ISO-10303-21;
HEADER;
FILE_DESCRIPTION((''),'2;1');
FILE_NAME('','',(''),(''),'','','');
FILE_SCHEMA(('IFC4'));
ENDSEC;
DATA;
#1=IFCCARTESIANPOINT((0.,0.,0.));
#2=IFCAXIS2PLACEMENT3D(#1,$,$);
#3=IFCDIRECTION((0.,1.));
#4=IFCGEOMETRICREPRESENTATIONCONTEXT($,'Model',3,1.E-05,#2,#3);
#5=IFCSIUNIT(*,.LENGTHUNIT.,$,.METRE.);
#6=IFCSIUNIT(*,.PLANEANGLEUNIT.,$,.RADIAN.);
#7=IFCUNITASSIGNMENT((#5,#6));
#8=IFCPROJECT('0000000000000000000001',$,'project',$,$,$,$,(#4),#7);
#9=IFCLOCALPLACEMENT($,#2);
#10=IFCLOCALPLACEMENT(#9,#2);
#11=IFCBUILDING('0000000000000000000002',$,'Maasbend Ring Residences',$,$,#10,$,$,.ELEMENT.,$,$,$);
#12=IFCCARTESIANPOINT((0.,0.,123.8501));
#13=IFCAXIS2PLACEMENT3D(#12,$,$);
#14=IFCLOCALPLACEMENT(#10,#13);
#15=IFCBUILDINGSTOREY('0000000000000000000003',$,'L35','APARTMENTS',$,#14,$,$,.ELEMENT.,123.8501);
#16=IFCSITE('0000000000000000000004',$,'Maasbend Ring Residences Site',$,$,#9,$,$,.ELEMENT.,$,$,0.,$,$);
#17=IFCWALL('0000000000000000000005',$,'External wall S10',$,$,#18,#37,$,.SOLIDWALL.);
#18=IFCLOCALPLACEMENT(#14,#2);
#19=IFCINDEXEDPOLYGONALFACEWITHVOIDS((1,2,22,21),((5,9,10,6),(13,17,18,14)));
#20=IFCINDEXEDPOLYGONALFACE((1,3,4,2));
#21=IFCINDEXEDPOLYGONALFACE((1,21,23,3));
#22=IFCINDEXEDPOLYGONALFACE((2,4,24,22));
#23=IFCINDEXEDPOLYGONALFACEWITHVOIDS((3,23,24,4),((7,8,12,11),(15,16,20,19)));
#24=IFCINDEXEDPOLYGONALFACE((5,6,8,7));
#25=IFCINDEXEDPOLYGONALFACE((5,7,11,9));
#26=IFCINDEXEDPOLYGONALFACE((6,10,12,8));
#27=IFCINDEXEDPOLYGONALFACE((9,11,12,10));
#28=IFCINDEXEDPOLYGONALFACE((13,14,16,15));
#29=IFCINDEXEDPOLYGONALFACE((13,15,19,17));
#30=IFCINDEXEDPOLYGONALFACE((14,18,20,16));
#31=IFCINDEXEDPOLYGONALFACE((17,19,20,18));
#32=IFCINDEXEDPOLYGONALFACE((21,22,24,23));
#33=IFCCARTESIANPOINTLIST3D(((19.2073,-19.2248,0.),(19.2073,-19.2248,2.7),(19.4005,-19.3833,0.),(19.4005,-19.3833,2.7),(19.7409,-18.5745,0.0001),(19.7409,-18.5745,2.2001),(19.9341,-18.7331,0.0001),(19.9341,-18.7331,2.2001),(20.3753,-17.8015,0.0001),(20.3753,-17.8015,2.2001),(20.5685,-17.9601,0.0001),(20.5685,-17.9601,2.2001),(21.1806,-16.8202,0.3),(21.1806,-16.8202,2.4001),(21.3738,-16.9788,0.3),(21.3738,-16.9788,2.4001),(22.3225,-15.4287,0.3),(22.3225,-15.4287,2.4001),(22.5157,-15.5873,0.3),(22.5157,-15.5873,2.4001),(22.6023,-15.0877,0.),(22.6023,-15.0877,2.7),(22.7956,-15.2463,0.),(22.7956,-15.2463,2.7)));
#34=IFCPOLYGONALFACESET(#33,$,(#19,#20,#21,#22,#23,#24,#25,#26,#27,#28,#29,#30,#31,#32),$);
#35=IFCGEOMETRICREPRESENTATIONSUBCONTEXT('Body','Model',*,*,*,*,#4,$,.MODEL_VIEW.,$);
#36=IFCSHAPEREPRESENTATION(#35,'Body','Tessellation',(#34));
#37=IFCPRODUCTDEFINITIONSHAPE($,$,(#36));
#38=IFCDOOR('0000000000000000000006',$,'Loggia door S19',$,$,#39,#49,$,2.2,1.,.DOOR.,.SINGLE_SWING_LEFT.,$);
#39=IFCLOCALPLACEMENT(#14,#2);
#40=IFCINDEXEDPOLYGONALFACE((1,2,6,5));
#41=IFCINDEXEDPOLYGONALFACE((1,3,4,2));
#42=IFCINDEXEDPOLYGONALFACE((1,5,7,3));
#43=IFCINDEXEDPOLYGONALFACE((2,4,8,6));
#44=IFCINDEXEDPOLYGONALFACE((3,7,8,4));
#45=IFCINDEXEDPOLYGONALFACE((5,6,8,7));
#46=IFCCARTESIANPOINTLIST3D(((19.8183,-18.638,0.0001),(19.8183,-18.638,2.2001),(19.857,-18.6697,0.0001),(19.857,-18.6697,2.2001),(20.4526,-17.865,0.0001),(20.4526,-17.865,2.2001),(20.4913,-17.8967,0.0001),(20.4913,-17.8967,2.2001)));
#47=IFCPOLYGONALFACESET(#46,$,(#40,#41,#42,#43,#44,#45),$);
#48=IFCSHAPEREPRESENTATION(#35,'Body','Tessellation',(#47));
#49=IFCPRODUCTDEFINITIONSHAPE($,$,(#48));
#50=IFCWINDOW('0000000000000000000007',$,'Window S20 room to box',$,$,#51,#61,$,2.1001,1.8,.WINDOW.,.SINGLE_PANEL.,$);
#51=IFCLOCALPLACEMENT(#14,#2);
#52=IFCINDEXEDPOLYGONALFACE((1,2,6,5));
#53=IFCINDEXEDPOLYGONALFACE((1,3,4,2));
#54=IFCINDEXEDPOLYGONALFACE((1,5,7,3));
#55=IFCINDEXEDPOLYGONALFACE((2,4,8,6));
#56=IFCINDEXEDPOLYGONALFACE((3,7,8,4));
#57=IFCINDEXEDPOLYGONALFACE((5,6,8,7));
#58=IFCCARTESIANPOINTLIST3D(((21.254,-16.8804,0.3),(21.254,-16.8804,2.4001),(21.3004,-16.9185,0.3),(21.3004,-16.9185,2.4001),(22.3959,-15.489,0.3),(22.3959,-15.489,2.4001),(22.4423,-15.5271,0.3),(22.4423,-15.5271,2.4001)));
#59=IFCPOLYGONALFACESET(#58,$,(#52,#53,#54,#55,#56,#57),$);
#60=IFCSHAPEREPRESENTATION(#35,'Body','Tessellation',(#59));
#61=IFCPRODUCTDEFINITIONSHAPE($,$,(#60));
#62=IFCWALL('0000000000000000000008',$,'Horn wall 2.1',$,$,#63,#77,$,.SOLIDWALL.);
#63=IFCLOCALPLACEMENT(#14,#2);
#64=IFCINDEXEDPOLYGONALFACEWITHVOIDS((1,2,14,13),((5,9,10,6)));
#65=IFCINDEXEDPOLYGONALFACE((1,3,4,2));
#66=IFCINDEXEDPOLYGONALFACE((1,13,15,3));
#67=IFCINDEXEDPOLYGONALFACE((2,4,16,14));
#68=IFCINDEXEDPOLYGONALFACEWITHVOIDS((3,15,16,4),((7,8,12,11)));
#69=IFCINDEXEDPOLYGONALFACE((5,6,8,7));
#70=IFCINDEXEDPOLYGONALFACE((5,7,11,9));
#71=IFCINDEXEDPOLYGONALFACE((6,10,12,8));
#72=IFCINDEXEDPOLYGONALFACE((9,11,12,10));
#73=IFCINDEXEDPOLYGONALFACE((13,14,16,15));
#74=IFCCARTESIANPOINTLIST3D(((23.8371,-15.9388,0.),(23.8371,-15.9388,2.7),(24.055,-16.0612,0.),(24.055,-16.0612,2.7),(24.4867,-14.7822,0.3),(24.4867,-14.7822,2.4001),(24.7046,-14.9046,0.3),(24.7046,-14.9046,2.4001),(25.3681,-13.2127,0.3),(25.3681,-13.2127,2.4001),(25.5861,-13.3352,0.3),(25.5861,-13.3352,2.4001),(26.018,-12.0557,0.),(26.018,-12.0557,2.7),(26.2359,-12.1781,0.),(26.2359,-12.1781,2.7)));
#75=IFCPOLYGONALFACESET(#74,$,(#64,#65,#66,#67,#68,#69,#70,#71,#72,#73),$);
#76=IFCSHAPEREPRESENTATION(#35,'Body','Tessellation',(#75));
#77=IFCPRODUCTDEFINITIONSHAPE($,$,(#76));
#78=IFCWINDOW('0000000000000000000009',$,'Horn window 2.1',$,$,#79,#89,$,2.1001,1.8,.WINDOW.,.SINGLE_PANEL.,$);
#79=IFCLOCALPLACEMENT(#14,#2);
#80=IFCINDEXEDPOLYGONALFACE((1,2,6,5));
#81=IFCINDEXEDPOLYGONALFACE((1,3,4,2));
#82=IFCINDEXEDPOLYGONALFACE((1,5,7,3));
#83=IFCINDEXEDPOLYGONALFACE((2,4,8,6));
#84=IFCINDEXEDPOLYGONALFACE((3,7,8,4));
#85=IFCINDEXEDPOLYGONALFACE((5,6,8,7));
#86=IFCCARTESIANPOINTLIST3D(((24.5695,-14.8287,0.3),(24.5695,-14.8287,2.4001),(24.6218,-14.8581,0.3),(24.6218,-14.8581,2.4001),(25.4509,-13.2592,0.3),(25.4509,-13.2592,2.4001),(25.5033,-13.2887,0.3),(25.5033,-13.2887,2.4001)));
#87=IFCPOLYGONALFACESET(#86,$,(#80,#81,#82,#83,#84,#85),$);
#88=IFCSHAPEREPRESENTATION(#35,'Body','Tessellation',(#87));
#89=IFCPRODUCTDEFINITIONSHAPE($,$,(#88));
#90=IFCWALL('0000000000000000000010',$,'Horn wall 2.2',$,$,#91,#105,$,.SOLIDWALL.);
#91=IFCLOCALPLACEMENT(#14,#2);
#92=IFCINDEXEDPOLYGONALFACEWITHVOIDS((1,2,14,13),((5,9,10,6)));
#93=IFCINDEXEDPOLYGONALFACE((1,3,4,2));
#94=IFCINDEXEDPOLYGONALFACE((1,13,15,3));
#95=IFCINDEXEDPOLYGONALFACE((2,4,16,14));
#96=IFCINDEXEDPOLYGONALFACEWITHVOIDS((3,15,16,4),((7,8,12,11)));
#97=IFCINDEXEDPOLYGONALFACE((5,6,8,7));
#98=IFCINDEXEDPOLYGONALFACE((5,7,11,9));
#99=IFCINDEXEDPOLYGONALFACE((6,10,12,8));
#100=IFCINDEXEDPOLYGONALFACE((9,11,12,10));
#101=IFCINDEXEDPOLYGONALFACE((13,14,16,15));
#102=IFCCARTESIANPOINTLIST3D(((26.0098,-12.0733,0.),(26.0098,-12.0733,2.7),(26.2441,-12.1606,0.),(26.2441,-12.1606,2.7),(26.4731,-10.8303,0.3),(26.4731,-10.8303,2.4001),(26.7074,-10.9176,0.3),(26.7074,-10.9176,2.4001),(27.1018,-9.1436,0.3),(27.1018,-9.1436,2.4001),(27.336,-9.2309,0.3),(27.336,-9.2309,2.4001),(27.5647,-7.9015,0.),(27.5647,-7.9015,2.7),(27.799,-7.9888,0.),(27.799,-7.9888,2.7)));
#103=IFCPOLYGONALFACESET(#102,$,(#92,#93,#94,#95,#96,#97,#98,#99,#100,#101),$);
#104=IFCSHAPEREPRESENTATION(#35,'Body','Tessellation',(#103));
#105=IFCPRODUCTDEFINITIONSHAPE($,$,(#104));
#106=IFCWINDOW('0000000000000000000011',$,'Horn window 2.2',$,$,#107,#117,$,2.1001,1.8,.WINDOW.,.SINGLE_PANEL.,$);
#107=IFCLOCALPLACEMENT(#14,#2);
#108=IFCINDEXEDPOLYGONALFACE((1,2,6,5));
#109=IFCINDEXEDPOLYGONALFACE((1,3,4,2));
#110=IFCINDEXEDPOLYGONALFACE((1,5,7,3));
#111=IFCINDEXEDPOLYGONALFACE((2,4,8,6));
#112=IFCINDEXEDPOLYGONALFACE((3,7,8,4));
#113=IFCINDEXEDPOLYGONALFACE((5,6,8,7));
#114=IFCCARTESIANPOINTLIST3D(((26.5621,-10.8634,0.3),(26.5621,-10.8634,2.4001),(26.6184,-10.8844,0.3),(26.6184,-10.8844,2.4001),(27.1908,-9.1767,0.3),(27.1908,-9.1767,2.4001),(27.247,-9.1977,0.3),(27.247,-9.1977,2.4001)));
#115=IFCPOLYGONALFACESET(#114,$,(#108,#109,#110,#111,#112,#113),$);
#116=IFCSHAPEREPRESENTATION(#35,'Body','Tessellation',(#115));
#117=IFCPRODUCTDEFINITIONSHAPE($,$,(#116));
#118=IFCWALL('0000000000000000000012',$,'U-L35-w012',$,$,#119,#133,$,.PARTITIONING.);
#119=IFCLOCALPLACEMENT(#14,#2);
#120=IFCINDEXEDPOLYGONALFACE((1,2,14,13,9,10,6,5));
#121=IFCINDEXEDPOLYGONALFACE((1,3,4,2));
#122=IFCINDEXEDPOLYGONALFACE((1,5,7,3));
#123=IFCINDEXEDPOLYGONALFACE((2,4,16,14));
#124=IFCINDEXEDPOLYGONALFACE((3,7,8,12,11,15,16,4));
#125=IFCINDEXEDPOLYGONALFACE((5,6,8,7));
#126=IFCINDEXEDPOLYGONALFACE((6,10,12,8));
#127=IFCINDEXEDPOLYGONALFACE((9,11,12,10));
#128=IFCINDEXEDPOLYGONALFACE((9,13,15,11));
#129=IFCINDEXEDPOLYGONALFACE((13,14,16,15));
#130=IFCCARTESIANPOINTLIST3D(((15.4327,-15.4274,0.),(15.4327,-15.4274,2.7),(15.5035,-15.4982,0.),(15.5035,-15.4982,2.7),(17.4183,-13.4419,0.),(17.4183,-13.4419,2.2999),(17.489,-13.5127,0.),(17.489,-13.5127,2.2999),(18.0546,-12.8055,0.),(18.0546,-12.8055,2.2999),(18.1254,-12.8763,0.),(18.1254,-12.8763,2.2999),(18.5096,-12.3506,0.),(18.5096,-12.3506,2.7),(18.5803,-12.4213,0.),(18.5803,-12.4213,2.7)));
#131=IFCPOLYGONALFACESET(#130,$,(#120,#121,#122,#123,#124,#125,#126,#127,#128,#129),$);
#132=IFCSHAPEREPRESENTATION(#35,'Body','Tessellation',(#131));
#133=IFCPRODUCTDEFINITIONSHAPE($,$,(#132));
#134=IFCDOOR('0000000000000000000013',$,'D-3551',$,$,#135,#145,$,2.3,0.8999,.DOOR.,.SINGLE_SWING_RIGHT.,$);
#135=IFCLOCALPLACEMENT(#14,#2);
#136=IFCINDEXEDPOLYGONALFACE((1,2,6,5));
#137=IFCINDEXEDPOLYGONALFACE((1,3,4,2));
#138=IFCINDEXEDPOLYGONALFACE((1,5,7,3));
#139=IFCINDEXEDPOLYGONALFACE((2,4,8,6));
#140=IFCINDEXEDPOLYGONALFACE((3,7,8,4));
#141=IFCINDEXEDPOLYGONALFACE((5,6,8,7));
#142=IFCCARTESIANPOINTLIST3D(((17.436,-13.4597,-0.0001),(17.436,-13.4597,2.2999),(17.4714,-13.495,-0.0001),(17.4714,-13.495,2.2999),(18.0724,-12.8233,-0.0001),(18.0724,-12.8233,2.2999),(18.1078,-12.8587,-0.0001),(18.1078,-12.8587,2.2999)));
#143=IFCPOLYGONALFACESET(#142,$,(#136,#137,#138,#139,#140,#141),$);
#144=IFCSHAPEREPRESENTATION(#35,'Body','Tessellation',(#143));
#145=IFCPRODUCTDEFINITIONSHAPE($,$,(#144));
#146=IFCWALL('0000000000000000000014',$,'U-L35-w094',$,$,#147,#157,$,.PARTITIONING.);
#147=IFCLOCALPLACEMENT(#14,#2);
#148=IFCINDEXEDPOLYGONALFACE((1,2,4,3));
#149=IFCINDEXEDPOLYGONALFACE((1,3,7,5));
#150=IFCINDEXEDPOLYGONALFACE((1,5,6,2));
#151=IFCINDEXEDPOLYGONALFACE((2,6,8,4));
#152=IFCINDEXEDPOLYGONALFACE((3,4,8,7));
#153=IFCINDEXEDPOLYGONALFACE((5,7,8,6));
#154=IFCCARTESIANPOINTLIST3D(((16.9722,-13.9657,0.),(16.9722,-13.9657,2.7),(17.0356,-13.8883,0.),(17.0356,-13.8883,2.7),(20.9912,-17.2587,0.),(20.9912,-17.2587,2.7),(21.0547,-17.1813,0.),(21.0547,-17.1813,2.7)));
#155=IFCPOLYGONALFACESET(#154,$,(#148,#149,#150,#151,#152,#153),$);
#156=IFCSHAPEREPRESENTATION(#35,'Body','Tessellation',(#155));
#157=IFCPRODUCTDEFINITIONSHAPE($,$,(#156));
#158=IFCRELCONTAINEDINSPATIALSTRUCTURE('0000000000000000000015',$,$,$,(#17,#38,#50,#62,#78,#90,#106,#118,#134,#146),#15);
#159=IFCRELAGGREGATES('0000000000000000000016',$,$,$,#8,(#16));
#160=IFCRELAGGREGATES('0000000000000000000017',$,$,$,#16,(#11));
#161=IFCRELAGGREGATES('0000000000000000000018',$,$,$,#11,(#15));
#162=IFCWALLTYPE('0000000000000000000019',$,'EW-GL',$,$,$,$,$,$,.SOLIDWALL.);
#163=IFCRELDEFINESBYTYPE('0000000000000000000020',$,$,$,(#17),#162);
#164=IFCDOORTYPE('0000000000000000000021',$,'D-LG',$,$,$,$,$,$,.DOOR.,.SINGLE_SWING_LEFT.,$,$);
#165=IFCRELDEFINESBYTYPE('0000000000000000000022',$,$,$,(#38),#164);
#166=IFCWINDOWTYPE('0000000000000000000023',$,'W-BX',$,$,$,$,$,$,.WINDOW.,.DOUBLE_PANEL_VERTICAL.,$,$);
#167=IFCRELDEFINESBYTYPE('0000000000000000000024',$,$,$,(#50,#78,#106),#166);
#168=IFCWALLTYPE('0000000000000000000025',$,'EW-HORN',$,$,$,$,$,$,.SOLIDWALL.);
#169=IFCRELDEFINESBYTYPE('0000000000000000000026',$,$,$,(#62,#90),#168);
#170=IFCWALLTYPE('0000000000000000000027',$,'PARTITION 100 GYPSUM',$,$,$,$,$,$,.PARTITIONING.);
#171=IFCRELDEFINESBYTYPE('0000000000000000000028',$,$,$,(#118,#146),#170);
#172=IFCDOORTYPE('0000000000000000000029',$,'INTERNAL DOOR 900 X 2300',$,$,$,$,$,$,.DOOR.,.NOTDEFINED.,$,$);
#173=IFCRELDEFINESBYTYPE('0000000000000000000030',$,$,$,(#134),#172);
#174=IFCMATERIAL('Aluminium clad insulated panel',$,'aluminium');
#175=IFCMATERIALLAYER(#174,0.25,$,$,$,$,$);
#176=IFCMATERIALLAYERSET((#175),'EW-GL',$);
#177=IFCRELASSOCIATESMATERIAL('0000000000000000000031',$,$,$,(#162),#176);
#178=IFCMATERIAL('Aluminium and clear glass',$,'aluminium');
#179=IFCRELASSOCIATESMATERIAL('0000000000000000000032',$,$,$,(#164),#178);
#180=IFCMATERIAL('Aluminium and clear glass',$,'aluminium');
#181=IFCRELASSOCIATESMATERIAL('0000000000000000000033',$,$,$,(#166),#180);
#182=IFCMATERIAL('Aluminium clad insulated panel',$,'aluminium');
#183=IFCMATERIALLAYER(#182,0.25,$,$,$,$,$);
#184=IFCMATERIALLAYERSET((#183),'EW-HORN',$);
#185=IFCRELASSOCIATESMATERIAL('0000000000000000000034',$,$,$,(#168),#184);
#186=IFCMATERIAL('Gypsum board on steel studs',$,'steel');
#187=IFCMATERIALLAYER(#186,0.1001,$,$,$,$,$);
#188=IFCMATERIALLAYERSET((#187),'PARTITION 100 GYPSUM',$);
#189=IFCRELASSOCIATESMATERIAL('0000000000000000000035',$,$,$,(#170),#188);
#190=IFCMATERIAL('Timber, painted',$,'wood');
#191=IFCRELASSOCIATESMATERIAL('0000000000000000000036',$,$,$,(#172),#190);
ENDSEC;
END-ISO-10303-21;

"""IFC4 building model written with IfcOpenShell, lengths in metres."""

from ifc_helpers import new_model, si_unit, direction, frame, frame_2d, origin, place, context, subcontext, project, spatial, rectangle, extrude, material, layer, layer_set, type_object, element, fill, save


model = new_model("IFC4")

# Units and contexts
model_context = context("Model", 3, precision=1e-05, world=origin(), true_north=direction((0.0, 1.0)))
body_context = subcontext(model_context, "Body", "Model", "MODEL_VIEW")
ifc_project = project(units=[si_unit("LENGTHUNIT", "METRE"), si_unit("PLANEANGLEUNIT", "RADIAN")], contexts=[model_context])

# Site, building, storey
site_placement = place(None, origin())
site = spatial("IfcSite", under=ifc_project, at=site_placement, Name="Maasbend Ring Residences Site", CompositionType="ELEMENT", RefElevation=0.0)
building_placement = place(site_placement, origin())
building = spatial("IfcBuilding", under=site, at=building_placement, Name="Maasbend Ring Residences", CompositionType="ELEMENT")
storey_placement = place(building_placement, frame((0.0, 0.0, 123.8501)))
storey = spatial("IfcBuildingStorey", under=building, at=storey_placement, Name="L35", Description="APARTMENTS", CompositionType="ELEMENT", Elevation=123.8501)

# Wall, openings, door, window
ifc_material_1 = material(Name="Aluminium clad insulated panel", Category="aluminium")
ifc_layer_1 = layer(ifc_material_1, 0.25)
ifc_layer_set_1 = layer_set([ifc_layer_1], Name="EW-GL")
wall_type_1 = type_object("IfcWallType", Name="EW-GL", PredefinedType="SOLIDWALL", material=ifc_layer_set_1)
wall_1_placement = place(storey_placement, frame((19.304, -19.304, 0.0), z_axis=(0.0, 0.0, 1.0), x_axis=(0.634382, 0.773019, 0.0)))
wall_1 = element("IfcWall", 1, at=wall_1_placement, inside=storey, type_object=wall_type_1, Name="External wall S10", PredefinedType="SOLIDWALL", context=body_context, shape_type="SweptSolid", body=[
    extrude(rectangle(XDim=5.3518, YDim=0.25, at=frame_2d((2.6758, 0.0))), origin(), (0.0, 0.0, 1.0), 2.7),
])
opening_1_placement = place(wall_1_placement, frame((0.8411, 0.0, 0.0)))
opening_1 = element("IfcOpeningElement", 2, at=opening_1_placement, cuts=wall_1, PredefinedType="OPENING", context=body_context, shape_type="SweptSolid", body=[
    extrude(rectangle(XDim=1.0, YDim=2.2, at=frame_2d((0.5, 1.1001))), frame((0.0, 0.135, 0.0), z_axis=(0.0, -1.0, 0.0), x_axis=(1.0, 0.0, 0.0)), (0.0, 0.0, 1.0), 0.27),
])
opening_2_placement = place(wall_1_placement, frame((3.1106, 0.0, 0.3)))
opening_2 = element("IfcOpeningElement", 3, at=opening_2_placement, cuts=wall_1, PredefinedType="OPENING", context=body_context, shape_type="SweptSolid", body=[
    extrude(rectangle(XDim=1.8, YDim=2.1001, at=frame_2d((0.8999, 1.05))), frame((0.0, 0.135, 0.0), z_axis=(0.0, -1.0, 0.0), x_axis=(1.0, 0.0, 0.0)), (0.0, 0.0, 1.0), 0.27),
])
ifc_material_2 = material(Name="Aluminium and clear glass", Category="aluminium")
door_type_1 = type_object("IfcDoorType", Name="D-LG", OperationType="SINGLE_SWING_LEFT", PredefinedType="DOOR", material=ifc_material_2)
door_1_placement = place(opening_1_placement, origin())
door_1 = element("IfcDoor", 4, at=door_1_placement, inside=storey, type_object=door_type_1, Name="Loggia door S19", OperationType="SINGLE_SWING_LEFT", OverallHeight=2.2, OverallWidth=1.0, PredefinedType="DOOR", context=body_context, shape_type="SweptSolid", body=[
    extrude(rectangle(XDim=1.0, YDim=2.2, at=frame_2d((0.5, 1.1001))), frame((0.0, 0.0249, 0.0), z_axis=(0.0, -1.0, 0.0), x_axis=(1.0, 0.0, 0.0)), (0.0, 0.0, 1.0), 0.05),
])
fill(opening_1, door_1)
ifc_material_3 = material(Name="Aluminium and clear glass", Category="aluminium")
window_type_1 = type_object("IfcWindowType", Name="W-BX", PartitioningType="DOUBLE_PANEL_VERTICAL", PredefinedType="WINDOW", material=ifc_material_3)
window_1_placement = place(opening_2_placement, origin())
window_1 = element("IfcWindow", 5, at=window_1_placement, inside=storey, type_object=window_type_1, Name="Window S20 room to box", OverallHeight=2.1001, OverallWidth=1.8, PartitioningType="SINGLE_PANEL", PredefinedType="WINDOW", context=body_context, shape_type="SweptSolid", body=[
    extrude(rectangle(XDim=1.8, YDim=2.1001, at=frame_2d((0.8999, 1.05))), frame((0.0, 0.03, 0.0), z_axis=(0.0, -1.0, 0.0), x_axis=(1.0, 0.0, 0.0)), (0.0, 0.0, 1.0), 0.0601),
])
fill(opening_2, window_1)

# Walls, openings, windows
ifc_material_4 = material(Name="Aluminium clad insulated panel", Category="aluminium")
ifc_layer_2 = layer(ifc_material_4, 0.25)
ifc_layer_set_2 = layer_set([ifc_layer_2], Name="EW-HORN")
wall_type_2 = type_object("IfcWallType", Name="EW-HORN", PredefinedType="SOLIDWALL", material=ifc_layer_set_2)
wall_2_placement = place(storey_placement, frame((23.946, -16.0, 0.0), z_axis=(0.0, 0.0, 1.0), x_axis=(0.489696, 0.871893, 0.0)))
wall_2 = element("IfcWall", 6, at=wall_2_placement, inside=storey, type_object=wall_type_2, Name="Horn wall 2.1", PredefinedType="SOLIDWALL", context=body_context, shape_type="SweptSolid", body=[
    extrude(rectangle(XDim=4.4536, YDim=0.25, at=frame_2d((2.2268, 0.0))), origin(), (0.0, 0.0, 1.0), 2.7),
])
opening_3_placement = place(wall_2_placement, frame((1.3267, 0.0, 0.3)))
opening_3 = element("IfcOpeningElement", 7, at=opening_3_placement, cuts=wall_2, PredefinedType="OPENING", context=body_context, shape_type="SweptSolid", body=[
    extrude(rectangle(XDim=1.8, YDim=2.1001, at=frame_2d((0.8999, 1.05))), frame((0.0, 0.135, 0.0), z_axis=(0.0, -1.0, 0.0), x_axis=(1.0, 0.0, 0.0)), (0.0, 0.0, 1.0), 0.27),
])
window_2_placement = place(opening_3_placement, origin())
window_2 = element("IfcWindow", 8, at=window_2_placement, inside=storey, type_object=window_type_1, Name="Horn window 2.1", OverallHeight=2.1001, OverallWidth=1.8, PartitioningType="SINGLE_PANEL", PredefinedType="WINDOW", context=body_context, shape_type="SweptSolid", body=[
    extrude(rectangle(XDim=1.8, YDim=2.1001, at=frame_2d((0.8999, 1.05))), frame((0.0, 0.03, 0.0), z_axis=(0.0, -1.0, 0.0), x_axis=(1.0, 0.0, 0.0)), (0.0, 0.0, 1.0), 0.0601),
])
fill(opening_3, window_2)
wall_3_placement = place(storey_placement, frame((26.127, -12.1169, 0.0), z_axis=(0.0, 0.0, 1.0), x_axis=(0.349248, 0.93703, 0.0)))
wall_3 = element("IfcWall", 9, at=wall_3_placement, inside=storey, type_object=wall_type_2, Name="Horn wall 2.2", PredefinedType="SOLIDWALL", context=body_context, shape_type="SweptSolid", body=[
    extrude(rectangle(XDim=4.4521, YDim=0.25, at=frame_2d((2.2261, 0.0))), origin(), (0.0, 0.0, 1.0), 2.7),
])
opening_4_placement = place(wall_3_placement, frame((1.3267, 0.0, 0.3)))
opening_4 = element("IfcOpeningElement", 10, at=opening_4_placement, cuts=wall_3, PredefinedType="OPENING", context=body_context, shape_type="SweptSolid", body=[
    extrude(rectangle(XDim=1.8, YDim=2.1001, at=frame_2d((0.8999, 1.05))), frame((0.0, 0.135, 0.0), z_axis=(0.0, -1.0, 0.0), x_axis=(1.0, 0.0, 0.0)), (0.0, 0.0, 1.0), 0.27),
])
window_3_placement = place(opening_4_placement, origin())
window_3 = element("IfcWindow", 11, at=window_3_placement, inside=storey, type_object=window_type_1, Name="Horn window 2.2", OverallHeight=2.1001, OverallWidth=1.8, PartitioningType="SINGLE_PANEL", PredefinedType="WINDOW", context=body_context, shape_type="SweptSolid", body=[
    extrude(rectangle(XDim=1.8, YDim=2.1001, at=frame_2d((0.8999, 1.05))), frame((0.0, 0.03, 0.0), z_axis=(0.0, -1.0, 0.0), x_axis=(1.0, 0.0, 0.0)), (0.0, 0.0, 1.0), 0.0601),
])
fill(opening_4, window_3)

# Wall, opening, door
ifc_material_5 = material(Name="Gypsum board on steel studs", Category="steel")
ifc_layer_3 = layer(ifc_material_5, 0.1001)
ifc_layer_set_3 = layer_set([ifc_layer_3], Name="PARTITION 100 GYPSUM")
wall_type_3 = type_object("IfcWallType", Name="PARTITION 100 GYPSUM", PredefinedType="PARTITIONING", material=ifc_layer_set_3)
wall_4_placement = place(storey_placement, frame((15.468, -15.4629, 0.0), z_axis=(0.0, 0.0, 1.0), x_axis=(0.707107, 0.707107, 0.0)))
wall_4 = element("IfcWall", 12, at=wall_4_placement, inside=storey, type_object=wall_type_3, Name="U-L35-w012", PredefinedType="PARTITIONING", context=body_context, shape_type="SweptSolid", body=[
    extrude(rectangle(XDim=4.3513, YDim=0.1001, at=frame_2d((2.1758, 0.0))), origin(), (0.0, 0.0, 1.0), 2.7),
])
opening_5_placement = place(wall_4_placement, frame((2.8081, 0.0, 0.0)))
opening_5 = element("IfcOpeningElement", 13, at=opening_5_placement, cuts=wall_4, PredefinedType="OPENING", context=body_context, shape_type="SweptSolid", body=[
    extrude(rectangle(XDim=0.8999, YDim=2.3, at=frame_2d((0.45, 1.1499))), frame((0.0, 0.0601, 0.0), z_axis=(0.0, -1.0, 0.0), x_axis=(1.0, 0.0, 0.0)), (0.0, 0.0, 1.0), 0.1201),
])
ifc_material_6 = material(Name="Timber, painted", Category="wood")
door_type_2 = type_object("IfcDoorType", Name="INTERNAL DOOR 900 X 2300", OperationType="NOTDEFINED", PredefinedType="DOOR", material=ifc_material_6)
door_2_placement = place(opening_5_placement, origin())
door_2 = element("IfcDoor", 14, at=door_2_placement, inside=storey, type_object=door_type_2, Name="D-3551", OperationType="SINGLE_SWING_RIGHT", OverallHeight=2.3, OverallWidth=0.8999, PredefinedType="DOOR", context=body_context, shape_type="SweptSolid", body=[
    extrude(rectangle(XDim=0.8999, YDim=2.3, at=frame_2d((0.45, 1.1499))), frame((0.0, 0.0249, 0.0), z_axis=(0.0, -1.0, 0.0), x_axis=(1.0, 0.0, 0.0)), (0.0, 0.0, 1.0), 0.05),
])
fill(opening_5, door_2)

# Wall
wall_5_placement = place(storey_placement, frame((17.0039, -13.927, 0.0), z_axis=(0.0, 0.0, 1.0), x_axis=(0.773517, -0.633775, 0.0)))
element("IfcWall", 15, at=wall_5_placement, inside=storey, type_object=wall_type_3, Name="U-L35-w094", PredefinedType="PARTITIONING", context=body_context, shape_type="SweptSolid", body=[
    extrude(rectangle(XDim=5.1958, YDim=0.1001, at=frame_2d((2.5979, 0.0))), origin(), (0.0, 0.0, 1.0), 2.7),
])

save(model, "model.ifc")
